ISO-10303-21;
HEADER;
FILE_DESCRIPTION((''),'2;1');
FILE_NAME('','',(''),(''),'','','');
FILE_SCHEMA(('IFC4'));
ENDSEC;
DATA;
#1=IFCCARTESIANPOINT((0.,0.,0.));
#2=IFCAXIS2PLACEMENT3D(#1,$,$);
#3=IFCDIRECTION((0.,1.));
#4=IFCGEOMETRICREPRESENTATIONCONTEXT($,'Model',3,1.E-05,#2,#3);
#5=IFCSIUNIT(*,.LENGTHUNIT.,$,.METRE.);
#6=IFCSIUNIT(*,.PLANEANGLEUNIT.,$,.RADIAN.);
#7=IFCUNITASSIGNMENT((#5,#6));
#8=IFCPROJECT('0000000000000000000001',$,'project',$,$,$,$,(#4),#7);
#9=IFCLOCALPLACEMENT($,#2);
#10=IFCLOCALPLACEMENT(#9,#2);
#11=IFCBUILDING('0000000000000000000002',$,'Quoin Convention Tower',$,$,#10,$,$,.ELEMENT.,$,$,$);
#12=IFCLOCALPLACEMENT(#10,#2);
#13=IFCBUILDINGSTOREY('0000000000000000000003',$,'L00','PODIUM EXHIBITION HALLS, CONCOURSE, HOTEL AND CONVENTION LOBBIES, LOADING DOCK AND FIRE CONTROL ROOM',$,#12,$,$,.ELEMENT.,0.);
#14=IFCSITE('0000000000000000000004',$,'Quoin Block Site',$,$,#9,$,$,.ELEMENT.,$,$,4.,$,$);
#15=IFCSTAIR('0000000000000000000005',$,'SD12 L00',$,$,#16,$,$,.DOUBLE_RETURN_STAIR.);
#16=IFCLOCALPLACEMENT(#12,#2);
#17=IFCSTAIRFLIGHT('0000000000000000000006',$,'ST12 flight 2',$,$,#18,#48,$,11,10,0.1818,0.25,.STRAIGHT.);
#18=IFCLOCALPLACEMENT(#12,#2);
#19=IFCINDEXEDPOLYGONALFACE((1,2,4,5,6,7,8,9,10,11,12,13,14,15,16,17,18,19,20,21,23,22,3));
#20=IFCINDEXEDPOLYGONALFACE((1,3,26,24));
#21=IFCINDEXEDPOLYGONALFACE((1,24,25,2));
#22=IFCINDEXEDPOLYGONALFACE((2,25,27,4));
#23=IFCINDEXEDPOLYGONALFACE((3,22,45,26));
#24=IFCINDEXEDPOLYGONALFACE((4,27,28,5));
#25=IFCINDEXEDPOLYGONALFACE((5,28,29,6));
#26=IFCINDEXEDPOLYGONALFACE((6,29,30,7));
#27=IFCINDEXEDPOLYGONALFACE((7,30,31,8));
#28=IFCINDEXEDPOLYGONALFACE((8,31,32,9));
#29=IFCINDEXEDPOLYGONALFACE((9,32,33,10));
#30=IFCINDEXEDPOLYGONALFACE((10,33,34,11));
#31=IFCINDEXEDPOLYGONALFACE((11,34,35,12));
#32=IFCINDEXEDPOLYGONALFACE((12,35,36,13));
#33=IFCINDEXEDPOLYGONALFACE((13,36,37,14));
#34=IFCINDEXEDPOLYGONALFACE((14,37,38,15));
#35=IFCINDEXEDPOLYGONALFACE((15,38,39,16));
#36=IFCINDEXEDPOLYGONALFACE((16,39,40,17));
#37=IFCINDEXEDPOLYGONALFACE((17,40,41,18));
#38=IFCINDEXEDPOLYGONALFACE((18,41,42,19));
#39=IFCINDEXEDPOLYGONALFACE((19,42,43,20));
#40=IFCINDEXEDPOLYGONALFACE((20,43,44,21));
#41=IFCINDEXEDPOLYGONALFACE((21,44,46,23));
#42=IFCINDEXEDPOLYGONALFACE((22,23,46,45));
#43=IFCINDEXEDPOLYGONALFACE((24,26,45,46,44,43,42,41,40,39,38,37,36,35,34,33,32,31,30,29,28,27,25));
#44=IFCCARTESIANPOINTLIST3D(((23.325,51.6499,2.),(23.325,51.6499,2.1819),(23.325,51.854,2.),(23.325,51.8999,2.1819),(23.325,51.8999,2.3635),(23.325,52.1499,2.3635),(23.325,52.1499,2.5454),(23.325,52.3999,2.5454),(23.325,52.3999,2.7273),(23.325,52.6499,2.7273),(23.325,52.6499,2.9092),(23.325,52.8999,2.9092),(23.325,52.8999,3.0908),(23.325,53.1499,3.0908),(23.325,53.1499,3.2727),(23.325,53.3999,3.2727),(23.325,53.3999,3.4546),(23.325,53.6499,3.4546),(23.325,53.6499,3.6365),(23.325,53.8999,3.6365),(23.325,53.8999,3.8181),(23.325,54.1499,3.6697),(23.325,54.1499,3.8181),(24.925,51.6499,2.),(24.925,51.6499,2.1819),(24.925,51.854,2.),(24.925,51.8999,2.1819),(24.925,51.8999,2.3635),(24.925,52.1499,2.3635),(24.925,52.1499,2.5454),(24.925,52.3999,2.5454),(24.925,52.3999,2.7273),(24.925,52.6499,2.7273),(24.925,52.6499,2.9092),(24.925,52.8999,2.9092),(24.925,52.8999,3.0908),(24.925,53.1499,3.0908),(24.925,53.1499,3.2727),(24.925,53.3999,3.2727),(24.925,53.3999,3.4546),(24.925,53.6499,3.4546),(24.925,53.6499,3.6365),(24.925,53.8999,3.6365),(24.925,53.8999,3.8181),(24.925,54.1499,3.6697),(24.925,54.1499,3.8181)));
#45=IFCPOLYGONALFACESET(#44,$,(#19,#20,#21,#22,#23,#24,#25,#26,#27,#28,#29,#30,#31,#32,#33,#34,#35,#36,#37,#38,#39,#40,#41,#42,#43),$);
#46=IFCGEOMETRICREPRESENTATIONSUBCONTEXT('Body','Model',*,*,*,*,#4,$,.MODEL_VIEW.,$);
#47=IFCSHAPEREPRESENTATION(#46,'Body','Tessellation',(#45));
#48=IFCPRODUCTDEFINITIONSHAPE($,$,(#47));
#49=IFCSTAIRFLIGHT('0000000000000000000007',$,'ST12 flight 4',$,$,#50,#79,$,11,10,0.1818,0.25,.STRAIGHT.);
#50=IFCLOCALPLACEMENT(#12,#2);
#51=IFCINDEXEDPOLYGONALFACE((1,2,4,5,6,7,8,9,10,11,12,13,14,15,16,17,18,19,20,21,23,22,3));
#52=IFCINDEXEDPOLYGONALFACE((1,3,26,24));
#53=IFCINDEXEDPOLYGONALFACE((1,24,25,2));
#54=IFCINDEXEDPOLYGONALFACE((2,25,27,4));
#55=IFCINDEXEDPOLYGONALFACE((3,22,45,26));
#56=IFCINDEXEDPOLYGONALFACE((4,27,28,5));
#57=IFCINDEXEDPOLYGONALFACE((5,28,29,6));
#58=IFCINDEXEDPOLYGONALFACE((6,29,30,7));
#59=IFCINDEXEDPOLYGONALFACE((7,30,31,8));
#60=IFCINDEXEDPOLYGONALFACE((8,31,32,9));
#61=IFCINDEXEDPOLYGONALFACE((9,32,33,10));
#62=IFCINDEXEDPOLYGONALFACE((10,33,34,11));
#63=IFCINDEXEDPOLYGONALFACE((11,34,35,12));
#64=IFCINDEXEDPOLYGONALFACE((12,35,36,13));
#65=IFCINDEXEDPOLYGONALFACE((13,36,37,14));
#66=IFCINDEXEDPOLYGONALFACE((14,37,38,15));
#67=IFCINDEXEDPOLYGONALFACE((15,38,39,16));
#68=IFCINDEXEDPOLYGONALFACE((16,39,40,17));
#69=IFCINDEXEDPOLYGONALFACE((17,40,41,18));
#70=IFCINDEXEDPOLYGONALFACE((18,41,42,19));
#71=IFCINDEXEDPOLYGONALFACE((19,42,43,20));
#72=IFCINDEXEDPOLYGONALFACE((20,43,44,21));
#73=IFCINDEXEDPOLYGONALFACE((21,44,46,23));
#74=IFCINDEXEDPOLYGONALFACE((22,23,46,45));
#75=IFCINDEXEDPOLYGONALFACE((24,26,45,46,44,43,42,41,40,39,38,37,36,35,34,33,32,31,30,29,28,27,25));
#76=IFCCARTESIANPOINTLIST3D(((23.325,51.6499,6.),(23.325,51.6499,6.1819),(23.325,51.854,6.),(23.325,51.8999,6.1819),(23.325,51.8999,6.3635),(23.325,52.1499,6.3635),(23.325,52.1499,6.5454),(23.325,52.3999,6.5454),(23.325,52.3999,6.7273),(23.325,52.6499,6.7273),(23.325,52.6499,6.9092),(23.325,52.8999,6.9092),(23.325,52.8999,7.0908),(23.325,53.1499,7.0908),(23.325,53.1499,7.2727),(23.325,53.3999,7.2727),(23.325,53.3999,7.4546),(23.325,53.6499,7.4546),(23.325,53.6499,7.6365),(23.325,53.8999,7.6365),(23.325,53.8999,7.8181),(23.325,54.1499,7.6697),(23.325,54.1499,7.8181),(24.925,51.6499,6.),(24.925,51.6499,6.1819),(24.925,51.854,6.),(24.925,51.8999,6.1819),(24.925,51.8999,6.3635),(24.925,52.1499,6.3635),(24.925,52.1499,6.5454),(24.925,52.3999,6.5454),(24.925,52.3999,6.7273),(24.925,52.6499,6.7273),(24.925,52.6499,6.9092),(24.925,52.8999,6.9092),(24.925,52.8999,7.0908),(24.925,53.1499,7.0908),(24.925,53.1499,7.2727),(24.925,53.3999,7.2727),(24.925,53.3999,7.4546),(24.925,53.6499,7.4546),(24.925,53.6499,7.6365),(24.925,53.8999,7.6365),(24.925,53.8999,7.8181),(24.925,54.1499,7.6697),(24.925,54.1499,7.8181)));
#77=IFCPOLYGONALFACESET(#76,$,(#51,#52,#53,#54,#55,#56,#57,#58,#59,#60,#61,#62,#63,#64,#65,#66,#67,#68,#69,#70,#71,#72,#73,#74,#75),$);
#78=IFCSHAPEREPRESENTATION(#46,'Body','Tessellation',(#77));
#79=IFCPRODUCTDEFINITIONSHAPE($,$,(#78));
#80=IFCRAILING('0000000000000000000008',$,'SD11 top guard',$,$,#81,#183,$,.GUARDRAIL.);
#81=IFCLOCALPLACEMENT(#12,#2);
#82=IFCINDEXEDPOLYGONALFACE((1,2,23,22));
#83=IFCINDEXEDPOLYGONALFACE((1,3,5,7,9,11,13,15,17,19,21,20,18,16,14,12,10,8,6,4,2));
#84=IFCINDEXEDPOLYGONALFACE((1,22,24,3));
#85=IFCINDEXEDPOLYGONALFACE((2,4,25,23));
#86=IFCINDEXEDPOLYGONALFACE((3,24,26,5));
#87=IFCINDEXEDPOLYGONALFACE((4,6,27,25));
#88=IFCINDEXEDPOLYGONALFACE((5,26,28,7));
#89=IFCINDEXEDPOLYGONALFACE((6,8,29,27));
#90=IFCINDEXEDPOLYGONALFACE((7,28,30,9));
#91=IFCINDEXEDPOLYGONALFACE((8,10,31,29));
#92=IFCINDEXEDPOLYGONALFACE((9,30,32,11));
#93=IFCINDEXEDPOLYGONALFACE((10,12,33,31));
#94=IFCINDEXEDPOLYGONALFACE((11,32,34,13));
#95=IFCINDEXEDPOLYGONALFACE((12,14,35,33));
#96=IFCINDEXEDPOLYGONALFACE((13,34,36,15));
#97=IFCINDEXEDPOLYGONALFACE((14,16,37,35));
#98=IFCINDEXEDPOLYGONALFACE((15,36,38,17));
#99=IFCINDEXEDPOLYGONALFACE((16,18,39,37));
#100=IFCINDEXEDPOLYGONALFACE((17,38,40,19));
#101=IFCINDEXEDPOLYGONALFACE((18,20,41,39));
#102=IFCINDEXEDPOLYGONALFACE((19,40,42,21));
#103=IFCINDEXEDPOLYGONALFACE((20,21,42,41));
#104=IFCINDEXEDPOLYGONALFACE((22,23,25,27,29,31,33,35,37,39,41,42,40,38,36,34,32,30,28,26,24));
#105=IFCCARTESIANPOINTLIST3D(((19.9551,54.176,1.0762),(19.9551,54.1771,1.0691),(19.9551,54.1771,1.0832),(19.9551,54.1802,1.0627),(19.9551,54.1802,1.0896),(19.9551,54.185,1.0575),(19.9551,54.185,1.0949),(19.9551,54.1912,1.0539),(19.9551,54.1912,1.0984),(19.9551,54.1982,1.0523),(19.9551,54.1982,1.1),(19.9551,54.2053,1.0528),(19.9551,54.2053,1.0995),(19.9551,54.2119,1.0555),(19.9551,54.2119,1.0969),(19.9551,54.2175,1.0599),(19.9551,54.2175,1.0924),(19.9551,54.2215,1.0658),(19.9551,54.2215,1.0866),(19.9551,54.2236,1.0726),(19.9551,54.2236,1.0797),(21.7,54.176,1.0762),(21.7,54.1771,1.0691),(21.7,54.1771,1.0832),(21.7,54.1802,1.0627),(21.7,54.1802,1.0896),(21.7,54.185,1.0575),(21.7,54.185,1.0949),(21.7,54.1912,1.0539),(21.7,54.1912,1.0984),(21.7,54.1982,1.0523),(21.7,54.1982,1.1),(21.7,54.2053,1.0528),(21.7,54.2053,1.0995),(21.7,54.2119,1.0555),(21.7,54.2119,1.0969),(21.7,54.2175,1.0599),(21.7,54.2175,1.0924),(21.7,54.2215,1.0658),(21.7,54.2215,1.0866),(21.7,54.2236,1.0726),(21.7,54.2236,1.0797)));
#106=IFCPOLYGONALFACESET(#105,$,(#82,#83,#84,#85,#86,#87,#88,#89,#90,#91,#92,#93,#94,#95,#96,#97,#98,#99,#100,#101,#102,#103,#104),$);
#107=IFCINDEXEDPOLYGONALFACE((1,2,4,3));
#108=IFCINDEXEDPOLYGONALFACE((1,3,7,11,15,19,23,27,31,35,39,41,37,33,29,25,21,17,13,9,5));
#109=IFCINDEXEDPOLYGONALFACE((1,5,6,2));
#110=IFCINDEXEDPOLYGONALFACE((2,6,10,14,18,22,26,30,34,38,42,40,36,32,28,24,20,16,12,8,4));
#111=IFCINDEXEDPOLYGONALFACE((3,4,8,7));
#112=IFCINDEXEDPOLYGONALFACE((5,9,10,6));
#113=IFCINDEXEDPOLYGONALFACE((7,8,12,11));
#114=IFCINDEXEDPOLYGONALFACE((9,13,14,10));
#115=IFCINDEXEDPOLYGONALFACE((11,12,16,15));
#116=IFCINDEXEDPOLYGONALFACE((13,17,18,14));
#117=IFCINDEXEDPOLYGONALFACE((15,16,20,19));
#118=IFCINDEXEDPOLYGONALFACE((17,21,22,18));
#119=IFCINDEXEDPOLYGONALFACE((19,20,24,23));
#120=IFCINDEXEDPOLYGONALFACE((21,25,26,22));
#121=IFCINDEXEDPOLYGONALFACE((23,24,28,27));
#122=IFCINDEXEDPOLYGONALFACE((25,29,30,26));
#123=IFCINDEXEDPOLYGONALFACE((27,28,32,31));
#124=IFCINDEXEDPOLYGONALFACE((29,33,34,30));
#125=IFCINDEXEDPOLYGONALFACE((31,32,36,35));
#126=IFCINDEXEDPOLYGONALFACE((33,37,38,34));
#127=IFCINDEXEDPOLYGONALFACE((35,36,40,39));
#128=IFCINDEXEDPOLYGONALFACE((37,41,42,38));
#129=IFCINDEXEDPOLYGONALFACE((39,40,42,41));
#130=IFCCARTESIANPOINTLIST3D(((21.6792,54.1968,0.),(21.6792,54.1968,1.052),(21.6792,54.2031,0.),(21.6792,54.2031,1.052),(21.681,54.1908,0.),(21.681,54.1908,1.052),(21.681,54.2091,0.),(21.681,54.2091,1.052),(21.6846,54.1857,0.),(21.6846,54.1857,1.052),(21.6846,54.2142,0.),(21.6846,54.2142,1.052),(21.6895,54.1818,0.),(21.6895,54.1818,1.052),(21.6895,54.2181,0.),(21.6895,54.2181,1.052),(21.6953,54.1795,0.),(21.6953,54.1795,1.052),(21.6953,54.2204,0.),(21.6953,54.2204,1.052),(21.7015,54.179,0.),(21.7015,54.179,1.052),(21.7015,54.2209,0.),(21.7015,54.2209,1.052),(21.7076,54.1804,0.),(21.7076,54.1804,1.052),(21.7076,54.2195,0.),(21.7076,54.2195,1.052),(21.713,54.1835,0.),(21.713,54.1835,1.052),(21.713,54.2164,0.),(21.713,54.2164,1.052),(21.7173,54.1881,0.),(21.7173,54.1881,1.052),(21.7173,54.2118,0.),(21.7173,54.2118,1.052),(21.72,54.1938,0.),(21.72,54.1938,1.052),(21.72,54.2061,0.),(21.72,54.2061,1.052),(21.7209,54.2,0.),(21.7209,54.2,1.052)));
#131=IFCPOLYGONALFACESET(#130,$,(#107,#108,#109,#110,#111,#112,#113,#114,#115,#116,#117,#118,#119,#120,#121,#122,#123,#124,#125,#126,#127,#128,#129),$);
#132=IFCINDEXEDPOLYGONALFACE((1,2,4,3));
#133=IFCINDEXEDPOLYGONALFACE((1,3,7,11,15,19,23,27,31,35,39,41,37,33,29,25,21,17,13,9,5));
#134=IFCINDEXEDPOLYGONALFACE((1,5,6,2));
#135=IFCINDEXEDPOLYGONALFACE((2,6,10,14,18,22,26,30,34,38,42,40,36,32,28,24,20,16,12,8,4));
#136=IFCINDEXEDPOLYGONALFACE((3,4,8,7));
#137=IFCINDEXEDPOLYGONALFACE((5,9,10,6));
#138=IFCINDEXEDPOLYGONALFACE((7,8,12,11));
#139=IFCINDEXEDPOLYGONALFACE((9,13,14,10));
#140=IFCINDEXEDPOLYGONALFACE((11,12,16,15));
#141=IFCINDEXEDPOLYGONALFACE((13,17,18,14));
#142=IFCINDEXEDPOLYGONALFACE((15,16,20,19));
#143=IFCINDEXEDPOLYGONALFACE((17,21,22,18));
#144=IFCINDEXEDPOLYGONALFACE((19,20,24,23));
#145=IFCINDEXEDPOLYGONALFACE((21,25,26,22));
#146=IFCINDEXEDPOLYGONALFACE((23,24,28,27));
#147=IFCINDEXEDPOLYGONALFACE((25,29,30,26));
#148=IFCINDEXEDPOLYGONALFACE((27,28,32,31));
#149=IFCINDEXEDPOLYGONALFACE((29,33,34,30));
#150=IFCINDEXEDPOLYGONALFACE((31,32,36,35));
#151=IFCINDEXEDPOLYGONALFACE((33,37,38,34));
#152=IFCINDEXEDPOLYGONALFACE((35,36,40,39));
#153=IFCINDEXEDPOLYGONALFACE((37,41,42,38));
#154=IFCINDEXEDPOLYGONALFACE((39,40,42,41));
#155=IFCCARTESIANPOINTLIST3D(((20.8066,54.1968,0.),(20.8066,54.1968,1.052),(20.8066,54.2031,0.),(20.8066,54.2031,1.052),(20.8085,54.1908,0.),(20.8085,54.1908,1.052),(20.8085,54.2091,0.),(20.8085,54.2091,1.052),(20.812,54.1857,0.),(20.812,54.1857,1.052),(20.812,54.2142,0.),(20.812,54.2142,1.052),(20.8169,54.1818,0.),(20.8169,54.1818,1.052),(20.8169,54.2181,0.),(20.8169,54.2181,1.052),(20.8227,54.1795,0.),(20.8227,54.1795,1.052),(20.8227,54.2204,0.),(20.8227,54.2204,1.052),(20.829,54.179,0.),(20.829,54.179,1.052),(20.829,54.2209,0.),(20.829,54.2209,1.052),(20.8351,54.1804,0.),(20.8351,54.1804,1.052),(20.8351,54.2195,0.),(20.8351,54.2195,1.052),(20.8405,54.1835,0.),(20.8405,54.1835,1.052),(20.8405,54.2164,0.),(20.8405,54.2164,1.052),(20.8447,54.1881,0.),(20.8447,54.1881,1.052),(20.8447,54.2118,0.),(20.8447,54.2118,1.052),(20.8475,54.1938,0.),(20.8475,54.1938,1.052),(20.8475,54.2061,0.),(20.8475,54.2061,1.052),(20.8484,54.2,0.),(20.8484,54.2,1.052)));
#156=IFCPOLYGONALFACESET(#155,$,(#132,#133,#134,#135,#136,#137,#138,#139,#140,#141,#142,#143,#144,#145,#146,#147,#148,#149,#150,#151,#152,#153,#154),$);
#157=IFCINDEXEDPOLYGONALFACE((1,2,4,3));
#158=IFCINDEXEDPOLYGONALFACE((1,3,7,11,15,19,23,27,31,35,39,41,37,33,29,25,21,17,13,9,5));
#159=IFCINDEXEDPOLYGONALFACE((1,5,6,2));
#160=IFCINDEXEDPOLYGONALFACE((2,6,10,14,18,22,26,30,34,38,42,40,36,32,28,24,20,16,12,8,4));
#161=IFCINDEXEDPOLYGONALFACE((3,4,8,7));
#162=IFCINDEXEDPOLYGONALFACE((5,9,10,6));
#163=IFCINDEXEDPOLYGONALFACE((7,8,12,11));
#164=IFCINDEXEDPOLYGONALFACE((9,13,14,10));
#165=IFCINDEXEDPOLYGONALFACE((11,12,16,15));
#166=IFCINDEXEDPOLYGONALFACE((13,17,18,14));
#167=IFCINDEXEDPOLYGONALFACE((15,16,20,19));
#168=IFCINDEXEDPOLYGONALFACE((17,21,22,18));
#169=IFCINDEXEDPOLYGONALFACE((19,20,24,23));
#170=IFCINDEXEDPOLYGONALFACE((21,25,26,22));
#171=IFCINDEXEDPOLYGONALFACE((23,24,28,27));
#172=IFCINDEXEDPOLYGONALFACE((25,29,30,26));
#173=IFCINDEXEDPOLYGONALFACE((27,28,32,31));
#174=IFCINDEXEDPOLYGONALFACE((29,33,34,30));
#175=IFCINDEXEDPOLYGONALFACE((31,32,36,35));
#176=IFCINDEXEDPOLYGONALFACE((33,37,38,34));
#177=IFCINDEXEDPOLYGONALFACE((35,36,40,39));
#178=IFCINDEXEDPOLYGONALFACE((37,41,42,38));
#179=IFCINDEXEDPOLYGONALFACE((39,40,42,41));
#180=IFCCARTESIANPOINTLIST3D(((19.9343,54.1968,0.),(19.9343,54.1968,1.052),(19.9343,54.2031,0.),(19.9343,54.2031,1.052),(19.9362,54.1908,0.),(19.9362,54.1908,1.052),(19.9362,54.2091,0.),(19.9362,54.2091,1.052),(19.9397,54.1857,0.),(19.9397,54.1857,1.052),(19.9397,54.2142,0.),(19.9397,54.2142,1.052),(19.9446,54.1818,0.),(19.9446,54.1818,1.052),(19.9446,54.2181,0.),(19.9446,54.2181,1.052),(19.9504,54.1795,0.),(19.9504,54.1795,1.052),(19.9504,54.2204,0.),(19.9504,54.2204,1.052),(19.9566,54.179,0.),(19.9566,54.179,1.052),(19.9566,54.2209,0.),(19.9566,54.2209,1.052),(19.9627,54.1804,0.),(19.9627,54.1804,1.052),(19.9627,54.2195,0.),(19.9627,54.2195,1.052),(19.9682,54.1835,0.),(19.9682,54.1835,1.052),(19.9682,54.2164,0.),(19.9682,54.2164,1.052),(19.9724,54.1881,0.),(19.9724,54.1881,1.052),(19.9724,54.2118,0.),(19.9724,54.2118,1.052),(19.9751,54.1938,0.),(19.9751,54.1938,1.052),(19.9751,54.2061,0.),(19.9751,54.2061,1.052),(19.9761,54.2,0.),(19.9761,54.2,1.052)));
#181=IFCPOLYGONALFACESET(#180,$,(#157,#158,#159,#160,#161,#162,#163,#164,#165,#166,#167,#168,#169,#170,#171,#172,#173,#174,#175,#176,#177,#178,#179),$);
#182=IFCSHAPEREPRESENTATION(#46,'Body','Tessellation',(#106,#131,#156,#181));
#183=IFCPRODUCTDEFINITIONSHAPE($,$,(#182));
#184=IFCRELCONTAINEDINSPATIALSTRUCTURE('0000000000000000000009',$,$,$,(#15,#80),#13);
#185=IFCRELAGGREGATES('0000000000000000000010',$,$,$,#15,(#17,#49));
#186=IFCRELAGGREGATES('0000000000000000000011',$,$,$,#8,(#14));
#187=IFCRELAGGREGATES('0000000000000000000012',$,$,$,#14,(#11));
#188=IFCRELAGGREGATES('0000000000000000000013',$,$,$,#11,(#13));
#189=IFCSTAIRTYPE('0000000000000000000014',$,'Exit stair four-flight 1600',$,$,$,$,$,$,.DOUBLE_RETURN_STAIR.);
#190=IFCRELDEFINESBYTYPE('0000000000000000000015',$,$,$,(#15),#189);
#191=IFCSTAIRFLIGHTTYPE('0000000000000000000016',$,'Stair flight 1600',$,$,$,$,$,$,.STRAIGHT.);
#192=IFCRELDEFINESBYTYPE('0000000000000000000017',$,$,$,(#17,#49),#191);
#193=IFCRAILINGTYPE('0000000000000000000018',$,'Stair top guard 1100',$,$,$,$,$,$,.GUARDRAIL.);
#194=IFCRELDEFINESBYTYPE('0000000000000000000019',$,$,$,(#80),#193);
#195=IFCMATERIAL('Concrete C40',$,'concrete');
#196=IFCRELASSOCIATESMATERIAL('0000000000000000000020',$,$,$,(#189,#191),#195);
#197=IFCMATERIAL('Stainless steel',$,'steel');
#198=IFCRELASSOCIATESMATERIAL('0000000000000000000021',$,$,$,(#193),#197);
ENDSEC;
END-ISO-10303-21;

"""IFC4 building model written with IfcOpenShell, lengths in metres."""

from ifc_helpers import new_model, si_unit, direction, frame, origin, origin_2d, place, context, subcontext, project, spatial, polyline, circle, outline, extrude, material, type_object, element, aggregate, save


model = new_model("IFC4")

# Units and contexts
model_context = context("Model", 3, precision=1e-05, world=origin(), true_north=direction((0.0, 1.0)))
body_context = subcontext(model_context, "Body", "Model", "MODEL_VIEW")
ifc_project = project(units=[si_unit("LENGTHUNIT", "METRE"), si_unit("PLANEANGLEUNIT", "RADIAN")], contexts=[model_context])

# Site, building, storey
site_placement = place(None, origin())
site = spatial("IfcSite", under=ifc_project, at=site_placement, Name="Quoin Block Site", CompositionType="ELEMENT", RefElevation=4.0)
building_placement = place(site_placement, origin())
building = spatial("IfcBuilding", under=site, at=building_placement, Name="Quoin Convention Tower", CompositionType="ELEMENT")
storey_placement = place(building_placement, origin())
storey = spatial("IfcBuildingStorey", under=building, at=storey_placement, Name="L00", Description="PODIUM EXHIBITION HALLS, CONCOURSE, HOTEL AND CONVENTION LOBBIES, LOADING DOCK AND FIRE CONTROL ROOM", CompositionType="ELEMENT", Elevation=0.0)

# Stair, stair flights
ifc_material_1 = material(Name="Concrete C40", Category="concrete")
stair_type = type_object("IfcStairType", Name="Exit stair four-flight 1600", PredefinedType="DOUBLE_RETURN_STAIR", material=ifc_material_1)
stair_flight_type = type_object("IfcStairFlightType", Name="Stair flight 1600", PredefinedType="STRAIGHT", material=ifc_material_1)
stair_1_placement = place(storey_placement, origin())
stair_1 = element("IfcStair", 1, at=stair_1_placement, inside=storey, type_object=stair_type, Name="SD12 L00", PredefinedType="DOUBLE_RETURN_STAIR")
stair_flight_1_placement = place(storey_placement, frame((24.125, 51.6499, 2.0), z_axis=(0.0, 0.0, 1.0), x_axis=(0.0, 1.0, 0.0)))
stair_flight_1 = element("IfcStairFlight", 2, at=stair_flight_1_placement, type_object=stair_flight_type, Name="ST12 flight 2", NumberOfRisers=11, NumberOfTreads=10, PredefinedType="STRAIGHT", RiserHeight=0.1818, TreadLength=0.25, context=body_context, shape_type="SweptSolid", body=[
    extrude(outline(polyline([(0.0, 0.0), (0.0, 0.1819), (0.25, 0.1819), (0.25, 0.3635), (0.5, 0.3635), (0.5, 0.5454), (0.75, 0.5454), (0.75, 0.7273), (1.0, 0.7273), (1.0, 0.9092), (1.25, 0.9092), (1.25, 1.0908), (1.5, 1.0908), (1.5, 1.2727), (1.75, 1.2727), (1.75, 1.4546), (2.0, 1.4546), (2.0, 1.6365), (2.25, 1.6365), (2.25, 1.8181), (2.5, 1.8181), (2.5, 2.0), (2.5, 1.6697), (0.2041, 0.0), (0.0, 0.0)])), frame((0.0, 0.8, 0.0), z_axis=(0.0, -1.0, 0.0), x_axis=(1.0, 0.0, 0.0)), (0.0, 0.0, 1.0), 1.6001),
])
stair_flight_2_placement = place(storey_placement, frame((24.125, 51.6499, 6.0), z_axis=(0.0, 0.0, 1.0), x_axis=(0.0, 1.0, 0.0)))
stair_flight_2 = element("IfcStairFlight", 3, at=stair_flight_2_placement, type_object=stair_flight_type, Name="ST12 flight 4", NumberOfRisers=11, NumberOfTreads=10, PredefinedType="STRAIGHT", RiserHeight=0.1818, TreadLength=0.25, context=body_context, shape_type="SweptSolid", body=[
    extrude(outline(polyline([(0.0, 0.0), (0.0, 0.1819), (0.25, 0.1819), (0.25, 0.3635), (0.5, 0.3635), (0.5, 0.5454), (0.75, 0.5454), (0.75, 0.7273), (1.0, 0.7273), (1.0, 0.9092), (1.25, 0.9092), (1.25, 1.0908), (1.5, 1.0908), (1.5, 1.2727), (1.75, 1.2727), (1.75, 1.4546), (2.0, 1.4546), (2.0, 1.6365), (2.25, 1.6365), (2.25, 1.8181), (2.5, 1.8181), (2.5, 2.0), (2.5, 1.6697), (0.2041, 0.0), (0.0, 0.0)])), frame((0.0, 0.8, 0.0), z_axis=(0.0, -1.0, 0.0), x_axis=(1.0, 0.0, 0.0)), (0.0, 0.0, 1.0), 1.6001),
])
aggregate(stair_1, [stair_flight_1, stair_flight_2])

# Railing
ifc_material_2 = material(Name="Stainless steel", Category="steel")
railing_type_1 = type_object("IfcRailingType", Name="Stair top guard 1100", PredefinedType="GUARDRAIL", material=ifc_material_2)
railing_1_placement = place(storey_placement, frame((21.7, 54.2, 0.0)))
element("IfcRailing", 4, at=railing_1_placement, inside=storey, type_object=railing_type_1, Name="SD11 top guard", PredefinedType="GUARDRAIL", context=body_context, shape_type="SweptSolid", body=[
    extrude(circle(Radius=0.0239, at=origin_2d()), frame((0.0, 0.0, 1.0762), z_axis=(-1.0, 0.0, 0.0), x_axis=(0.0, -1.0, 0.0)), (0.0, 0.0, 1.0), 1.7449),
    extrude(circle(Radius=0.021, at=origin_2d()), origin(), (0.0, 0.0, 1.0), 1.052),
    extrude(circle(Radius=0.021, at=origin_2d()), frame((-0.8726, 0.0, 0.0)), (0.0, 0.0, 1.0), 1.052),
    extrude(circle(Radius=0.021, at=origin_2d()), frame((-1.7449, 0.0, 0.0)), (0.0, 0.0, 1.0), 1.052),
])

save(model, "model.ifc")
